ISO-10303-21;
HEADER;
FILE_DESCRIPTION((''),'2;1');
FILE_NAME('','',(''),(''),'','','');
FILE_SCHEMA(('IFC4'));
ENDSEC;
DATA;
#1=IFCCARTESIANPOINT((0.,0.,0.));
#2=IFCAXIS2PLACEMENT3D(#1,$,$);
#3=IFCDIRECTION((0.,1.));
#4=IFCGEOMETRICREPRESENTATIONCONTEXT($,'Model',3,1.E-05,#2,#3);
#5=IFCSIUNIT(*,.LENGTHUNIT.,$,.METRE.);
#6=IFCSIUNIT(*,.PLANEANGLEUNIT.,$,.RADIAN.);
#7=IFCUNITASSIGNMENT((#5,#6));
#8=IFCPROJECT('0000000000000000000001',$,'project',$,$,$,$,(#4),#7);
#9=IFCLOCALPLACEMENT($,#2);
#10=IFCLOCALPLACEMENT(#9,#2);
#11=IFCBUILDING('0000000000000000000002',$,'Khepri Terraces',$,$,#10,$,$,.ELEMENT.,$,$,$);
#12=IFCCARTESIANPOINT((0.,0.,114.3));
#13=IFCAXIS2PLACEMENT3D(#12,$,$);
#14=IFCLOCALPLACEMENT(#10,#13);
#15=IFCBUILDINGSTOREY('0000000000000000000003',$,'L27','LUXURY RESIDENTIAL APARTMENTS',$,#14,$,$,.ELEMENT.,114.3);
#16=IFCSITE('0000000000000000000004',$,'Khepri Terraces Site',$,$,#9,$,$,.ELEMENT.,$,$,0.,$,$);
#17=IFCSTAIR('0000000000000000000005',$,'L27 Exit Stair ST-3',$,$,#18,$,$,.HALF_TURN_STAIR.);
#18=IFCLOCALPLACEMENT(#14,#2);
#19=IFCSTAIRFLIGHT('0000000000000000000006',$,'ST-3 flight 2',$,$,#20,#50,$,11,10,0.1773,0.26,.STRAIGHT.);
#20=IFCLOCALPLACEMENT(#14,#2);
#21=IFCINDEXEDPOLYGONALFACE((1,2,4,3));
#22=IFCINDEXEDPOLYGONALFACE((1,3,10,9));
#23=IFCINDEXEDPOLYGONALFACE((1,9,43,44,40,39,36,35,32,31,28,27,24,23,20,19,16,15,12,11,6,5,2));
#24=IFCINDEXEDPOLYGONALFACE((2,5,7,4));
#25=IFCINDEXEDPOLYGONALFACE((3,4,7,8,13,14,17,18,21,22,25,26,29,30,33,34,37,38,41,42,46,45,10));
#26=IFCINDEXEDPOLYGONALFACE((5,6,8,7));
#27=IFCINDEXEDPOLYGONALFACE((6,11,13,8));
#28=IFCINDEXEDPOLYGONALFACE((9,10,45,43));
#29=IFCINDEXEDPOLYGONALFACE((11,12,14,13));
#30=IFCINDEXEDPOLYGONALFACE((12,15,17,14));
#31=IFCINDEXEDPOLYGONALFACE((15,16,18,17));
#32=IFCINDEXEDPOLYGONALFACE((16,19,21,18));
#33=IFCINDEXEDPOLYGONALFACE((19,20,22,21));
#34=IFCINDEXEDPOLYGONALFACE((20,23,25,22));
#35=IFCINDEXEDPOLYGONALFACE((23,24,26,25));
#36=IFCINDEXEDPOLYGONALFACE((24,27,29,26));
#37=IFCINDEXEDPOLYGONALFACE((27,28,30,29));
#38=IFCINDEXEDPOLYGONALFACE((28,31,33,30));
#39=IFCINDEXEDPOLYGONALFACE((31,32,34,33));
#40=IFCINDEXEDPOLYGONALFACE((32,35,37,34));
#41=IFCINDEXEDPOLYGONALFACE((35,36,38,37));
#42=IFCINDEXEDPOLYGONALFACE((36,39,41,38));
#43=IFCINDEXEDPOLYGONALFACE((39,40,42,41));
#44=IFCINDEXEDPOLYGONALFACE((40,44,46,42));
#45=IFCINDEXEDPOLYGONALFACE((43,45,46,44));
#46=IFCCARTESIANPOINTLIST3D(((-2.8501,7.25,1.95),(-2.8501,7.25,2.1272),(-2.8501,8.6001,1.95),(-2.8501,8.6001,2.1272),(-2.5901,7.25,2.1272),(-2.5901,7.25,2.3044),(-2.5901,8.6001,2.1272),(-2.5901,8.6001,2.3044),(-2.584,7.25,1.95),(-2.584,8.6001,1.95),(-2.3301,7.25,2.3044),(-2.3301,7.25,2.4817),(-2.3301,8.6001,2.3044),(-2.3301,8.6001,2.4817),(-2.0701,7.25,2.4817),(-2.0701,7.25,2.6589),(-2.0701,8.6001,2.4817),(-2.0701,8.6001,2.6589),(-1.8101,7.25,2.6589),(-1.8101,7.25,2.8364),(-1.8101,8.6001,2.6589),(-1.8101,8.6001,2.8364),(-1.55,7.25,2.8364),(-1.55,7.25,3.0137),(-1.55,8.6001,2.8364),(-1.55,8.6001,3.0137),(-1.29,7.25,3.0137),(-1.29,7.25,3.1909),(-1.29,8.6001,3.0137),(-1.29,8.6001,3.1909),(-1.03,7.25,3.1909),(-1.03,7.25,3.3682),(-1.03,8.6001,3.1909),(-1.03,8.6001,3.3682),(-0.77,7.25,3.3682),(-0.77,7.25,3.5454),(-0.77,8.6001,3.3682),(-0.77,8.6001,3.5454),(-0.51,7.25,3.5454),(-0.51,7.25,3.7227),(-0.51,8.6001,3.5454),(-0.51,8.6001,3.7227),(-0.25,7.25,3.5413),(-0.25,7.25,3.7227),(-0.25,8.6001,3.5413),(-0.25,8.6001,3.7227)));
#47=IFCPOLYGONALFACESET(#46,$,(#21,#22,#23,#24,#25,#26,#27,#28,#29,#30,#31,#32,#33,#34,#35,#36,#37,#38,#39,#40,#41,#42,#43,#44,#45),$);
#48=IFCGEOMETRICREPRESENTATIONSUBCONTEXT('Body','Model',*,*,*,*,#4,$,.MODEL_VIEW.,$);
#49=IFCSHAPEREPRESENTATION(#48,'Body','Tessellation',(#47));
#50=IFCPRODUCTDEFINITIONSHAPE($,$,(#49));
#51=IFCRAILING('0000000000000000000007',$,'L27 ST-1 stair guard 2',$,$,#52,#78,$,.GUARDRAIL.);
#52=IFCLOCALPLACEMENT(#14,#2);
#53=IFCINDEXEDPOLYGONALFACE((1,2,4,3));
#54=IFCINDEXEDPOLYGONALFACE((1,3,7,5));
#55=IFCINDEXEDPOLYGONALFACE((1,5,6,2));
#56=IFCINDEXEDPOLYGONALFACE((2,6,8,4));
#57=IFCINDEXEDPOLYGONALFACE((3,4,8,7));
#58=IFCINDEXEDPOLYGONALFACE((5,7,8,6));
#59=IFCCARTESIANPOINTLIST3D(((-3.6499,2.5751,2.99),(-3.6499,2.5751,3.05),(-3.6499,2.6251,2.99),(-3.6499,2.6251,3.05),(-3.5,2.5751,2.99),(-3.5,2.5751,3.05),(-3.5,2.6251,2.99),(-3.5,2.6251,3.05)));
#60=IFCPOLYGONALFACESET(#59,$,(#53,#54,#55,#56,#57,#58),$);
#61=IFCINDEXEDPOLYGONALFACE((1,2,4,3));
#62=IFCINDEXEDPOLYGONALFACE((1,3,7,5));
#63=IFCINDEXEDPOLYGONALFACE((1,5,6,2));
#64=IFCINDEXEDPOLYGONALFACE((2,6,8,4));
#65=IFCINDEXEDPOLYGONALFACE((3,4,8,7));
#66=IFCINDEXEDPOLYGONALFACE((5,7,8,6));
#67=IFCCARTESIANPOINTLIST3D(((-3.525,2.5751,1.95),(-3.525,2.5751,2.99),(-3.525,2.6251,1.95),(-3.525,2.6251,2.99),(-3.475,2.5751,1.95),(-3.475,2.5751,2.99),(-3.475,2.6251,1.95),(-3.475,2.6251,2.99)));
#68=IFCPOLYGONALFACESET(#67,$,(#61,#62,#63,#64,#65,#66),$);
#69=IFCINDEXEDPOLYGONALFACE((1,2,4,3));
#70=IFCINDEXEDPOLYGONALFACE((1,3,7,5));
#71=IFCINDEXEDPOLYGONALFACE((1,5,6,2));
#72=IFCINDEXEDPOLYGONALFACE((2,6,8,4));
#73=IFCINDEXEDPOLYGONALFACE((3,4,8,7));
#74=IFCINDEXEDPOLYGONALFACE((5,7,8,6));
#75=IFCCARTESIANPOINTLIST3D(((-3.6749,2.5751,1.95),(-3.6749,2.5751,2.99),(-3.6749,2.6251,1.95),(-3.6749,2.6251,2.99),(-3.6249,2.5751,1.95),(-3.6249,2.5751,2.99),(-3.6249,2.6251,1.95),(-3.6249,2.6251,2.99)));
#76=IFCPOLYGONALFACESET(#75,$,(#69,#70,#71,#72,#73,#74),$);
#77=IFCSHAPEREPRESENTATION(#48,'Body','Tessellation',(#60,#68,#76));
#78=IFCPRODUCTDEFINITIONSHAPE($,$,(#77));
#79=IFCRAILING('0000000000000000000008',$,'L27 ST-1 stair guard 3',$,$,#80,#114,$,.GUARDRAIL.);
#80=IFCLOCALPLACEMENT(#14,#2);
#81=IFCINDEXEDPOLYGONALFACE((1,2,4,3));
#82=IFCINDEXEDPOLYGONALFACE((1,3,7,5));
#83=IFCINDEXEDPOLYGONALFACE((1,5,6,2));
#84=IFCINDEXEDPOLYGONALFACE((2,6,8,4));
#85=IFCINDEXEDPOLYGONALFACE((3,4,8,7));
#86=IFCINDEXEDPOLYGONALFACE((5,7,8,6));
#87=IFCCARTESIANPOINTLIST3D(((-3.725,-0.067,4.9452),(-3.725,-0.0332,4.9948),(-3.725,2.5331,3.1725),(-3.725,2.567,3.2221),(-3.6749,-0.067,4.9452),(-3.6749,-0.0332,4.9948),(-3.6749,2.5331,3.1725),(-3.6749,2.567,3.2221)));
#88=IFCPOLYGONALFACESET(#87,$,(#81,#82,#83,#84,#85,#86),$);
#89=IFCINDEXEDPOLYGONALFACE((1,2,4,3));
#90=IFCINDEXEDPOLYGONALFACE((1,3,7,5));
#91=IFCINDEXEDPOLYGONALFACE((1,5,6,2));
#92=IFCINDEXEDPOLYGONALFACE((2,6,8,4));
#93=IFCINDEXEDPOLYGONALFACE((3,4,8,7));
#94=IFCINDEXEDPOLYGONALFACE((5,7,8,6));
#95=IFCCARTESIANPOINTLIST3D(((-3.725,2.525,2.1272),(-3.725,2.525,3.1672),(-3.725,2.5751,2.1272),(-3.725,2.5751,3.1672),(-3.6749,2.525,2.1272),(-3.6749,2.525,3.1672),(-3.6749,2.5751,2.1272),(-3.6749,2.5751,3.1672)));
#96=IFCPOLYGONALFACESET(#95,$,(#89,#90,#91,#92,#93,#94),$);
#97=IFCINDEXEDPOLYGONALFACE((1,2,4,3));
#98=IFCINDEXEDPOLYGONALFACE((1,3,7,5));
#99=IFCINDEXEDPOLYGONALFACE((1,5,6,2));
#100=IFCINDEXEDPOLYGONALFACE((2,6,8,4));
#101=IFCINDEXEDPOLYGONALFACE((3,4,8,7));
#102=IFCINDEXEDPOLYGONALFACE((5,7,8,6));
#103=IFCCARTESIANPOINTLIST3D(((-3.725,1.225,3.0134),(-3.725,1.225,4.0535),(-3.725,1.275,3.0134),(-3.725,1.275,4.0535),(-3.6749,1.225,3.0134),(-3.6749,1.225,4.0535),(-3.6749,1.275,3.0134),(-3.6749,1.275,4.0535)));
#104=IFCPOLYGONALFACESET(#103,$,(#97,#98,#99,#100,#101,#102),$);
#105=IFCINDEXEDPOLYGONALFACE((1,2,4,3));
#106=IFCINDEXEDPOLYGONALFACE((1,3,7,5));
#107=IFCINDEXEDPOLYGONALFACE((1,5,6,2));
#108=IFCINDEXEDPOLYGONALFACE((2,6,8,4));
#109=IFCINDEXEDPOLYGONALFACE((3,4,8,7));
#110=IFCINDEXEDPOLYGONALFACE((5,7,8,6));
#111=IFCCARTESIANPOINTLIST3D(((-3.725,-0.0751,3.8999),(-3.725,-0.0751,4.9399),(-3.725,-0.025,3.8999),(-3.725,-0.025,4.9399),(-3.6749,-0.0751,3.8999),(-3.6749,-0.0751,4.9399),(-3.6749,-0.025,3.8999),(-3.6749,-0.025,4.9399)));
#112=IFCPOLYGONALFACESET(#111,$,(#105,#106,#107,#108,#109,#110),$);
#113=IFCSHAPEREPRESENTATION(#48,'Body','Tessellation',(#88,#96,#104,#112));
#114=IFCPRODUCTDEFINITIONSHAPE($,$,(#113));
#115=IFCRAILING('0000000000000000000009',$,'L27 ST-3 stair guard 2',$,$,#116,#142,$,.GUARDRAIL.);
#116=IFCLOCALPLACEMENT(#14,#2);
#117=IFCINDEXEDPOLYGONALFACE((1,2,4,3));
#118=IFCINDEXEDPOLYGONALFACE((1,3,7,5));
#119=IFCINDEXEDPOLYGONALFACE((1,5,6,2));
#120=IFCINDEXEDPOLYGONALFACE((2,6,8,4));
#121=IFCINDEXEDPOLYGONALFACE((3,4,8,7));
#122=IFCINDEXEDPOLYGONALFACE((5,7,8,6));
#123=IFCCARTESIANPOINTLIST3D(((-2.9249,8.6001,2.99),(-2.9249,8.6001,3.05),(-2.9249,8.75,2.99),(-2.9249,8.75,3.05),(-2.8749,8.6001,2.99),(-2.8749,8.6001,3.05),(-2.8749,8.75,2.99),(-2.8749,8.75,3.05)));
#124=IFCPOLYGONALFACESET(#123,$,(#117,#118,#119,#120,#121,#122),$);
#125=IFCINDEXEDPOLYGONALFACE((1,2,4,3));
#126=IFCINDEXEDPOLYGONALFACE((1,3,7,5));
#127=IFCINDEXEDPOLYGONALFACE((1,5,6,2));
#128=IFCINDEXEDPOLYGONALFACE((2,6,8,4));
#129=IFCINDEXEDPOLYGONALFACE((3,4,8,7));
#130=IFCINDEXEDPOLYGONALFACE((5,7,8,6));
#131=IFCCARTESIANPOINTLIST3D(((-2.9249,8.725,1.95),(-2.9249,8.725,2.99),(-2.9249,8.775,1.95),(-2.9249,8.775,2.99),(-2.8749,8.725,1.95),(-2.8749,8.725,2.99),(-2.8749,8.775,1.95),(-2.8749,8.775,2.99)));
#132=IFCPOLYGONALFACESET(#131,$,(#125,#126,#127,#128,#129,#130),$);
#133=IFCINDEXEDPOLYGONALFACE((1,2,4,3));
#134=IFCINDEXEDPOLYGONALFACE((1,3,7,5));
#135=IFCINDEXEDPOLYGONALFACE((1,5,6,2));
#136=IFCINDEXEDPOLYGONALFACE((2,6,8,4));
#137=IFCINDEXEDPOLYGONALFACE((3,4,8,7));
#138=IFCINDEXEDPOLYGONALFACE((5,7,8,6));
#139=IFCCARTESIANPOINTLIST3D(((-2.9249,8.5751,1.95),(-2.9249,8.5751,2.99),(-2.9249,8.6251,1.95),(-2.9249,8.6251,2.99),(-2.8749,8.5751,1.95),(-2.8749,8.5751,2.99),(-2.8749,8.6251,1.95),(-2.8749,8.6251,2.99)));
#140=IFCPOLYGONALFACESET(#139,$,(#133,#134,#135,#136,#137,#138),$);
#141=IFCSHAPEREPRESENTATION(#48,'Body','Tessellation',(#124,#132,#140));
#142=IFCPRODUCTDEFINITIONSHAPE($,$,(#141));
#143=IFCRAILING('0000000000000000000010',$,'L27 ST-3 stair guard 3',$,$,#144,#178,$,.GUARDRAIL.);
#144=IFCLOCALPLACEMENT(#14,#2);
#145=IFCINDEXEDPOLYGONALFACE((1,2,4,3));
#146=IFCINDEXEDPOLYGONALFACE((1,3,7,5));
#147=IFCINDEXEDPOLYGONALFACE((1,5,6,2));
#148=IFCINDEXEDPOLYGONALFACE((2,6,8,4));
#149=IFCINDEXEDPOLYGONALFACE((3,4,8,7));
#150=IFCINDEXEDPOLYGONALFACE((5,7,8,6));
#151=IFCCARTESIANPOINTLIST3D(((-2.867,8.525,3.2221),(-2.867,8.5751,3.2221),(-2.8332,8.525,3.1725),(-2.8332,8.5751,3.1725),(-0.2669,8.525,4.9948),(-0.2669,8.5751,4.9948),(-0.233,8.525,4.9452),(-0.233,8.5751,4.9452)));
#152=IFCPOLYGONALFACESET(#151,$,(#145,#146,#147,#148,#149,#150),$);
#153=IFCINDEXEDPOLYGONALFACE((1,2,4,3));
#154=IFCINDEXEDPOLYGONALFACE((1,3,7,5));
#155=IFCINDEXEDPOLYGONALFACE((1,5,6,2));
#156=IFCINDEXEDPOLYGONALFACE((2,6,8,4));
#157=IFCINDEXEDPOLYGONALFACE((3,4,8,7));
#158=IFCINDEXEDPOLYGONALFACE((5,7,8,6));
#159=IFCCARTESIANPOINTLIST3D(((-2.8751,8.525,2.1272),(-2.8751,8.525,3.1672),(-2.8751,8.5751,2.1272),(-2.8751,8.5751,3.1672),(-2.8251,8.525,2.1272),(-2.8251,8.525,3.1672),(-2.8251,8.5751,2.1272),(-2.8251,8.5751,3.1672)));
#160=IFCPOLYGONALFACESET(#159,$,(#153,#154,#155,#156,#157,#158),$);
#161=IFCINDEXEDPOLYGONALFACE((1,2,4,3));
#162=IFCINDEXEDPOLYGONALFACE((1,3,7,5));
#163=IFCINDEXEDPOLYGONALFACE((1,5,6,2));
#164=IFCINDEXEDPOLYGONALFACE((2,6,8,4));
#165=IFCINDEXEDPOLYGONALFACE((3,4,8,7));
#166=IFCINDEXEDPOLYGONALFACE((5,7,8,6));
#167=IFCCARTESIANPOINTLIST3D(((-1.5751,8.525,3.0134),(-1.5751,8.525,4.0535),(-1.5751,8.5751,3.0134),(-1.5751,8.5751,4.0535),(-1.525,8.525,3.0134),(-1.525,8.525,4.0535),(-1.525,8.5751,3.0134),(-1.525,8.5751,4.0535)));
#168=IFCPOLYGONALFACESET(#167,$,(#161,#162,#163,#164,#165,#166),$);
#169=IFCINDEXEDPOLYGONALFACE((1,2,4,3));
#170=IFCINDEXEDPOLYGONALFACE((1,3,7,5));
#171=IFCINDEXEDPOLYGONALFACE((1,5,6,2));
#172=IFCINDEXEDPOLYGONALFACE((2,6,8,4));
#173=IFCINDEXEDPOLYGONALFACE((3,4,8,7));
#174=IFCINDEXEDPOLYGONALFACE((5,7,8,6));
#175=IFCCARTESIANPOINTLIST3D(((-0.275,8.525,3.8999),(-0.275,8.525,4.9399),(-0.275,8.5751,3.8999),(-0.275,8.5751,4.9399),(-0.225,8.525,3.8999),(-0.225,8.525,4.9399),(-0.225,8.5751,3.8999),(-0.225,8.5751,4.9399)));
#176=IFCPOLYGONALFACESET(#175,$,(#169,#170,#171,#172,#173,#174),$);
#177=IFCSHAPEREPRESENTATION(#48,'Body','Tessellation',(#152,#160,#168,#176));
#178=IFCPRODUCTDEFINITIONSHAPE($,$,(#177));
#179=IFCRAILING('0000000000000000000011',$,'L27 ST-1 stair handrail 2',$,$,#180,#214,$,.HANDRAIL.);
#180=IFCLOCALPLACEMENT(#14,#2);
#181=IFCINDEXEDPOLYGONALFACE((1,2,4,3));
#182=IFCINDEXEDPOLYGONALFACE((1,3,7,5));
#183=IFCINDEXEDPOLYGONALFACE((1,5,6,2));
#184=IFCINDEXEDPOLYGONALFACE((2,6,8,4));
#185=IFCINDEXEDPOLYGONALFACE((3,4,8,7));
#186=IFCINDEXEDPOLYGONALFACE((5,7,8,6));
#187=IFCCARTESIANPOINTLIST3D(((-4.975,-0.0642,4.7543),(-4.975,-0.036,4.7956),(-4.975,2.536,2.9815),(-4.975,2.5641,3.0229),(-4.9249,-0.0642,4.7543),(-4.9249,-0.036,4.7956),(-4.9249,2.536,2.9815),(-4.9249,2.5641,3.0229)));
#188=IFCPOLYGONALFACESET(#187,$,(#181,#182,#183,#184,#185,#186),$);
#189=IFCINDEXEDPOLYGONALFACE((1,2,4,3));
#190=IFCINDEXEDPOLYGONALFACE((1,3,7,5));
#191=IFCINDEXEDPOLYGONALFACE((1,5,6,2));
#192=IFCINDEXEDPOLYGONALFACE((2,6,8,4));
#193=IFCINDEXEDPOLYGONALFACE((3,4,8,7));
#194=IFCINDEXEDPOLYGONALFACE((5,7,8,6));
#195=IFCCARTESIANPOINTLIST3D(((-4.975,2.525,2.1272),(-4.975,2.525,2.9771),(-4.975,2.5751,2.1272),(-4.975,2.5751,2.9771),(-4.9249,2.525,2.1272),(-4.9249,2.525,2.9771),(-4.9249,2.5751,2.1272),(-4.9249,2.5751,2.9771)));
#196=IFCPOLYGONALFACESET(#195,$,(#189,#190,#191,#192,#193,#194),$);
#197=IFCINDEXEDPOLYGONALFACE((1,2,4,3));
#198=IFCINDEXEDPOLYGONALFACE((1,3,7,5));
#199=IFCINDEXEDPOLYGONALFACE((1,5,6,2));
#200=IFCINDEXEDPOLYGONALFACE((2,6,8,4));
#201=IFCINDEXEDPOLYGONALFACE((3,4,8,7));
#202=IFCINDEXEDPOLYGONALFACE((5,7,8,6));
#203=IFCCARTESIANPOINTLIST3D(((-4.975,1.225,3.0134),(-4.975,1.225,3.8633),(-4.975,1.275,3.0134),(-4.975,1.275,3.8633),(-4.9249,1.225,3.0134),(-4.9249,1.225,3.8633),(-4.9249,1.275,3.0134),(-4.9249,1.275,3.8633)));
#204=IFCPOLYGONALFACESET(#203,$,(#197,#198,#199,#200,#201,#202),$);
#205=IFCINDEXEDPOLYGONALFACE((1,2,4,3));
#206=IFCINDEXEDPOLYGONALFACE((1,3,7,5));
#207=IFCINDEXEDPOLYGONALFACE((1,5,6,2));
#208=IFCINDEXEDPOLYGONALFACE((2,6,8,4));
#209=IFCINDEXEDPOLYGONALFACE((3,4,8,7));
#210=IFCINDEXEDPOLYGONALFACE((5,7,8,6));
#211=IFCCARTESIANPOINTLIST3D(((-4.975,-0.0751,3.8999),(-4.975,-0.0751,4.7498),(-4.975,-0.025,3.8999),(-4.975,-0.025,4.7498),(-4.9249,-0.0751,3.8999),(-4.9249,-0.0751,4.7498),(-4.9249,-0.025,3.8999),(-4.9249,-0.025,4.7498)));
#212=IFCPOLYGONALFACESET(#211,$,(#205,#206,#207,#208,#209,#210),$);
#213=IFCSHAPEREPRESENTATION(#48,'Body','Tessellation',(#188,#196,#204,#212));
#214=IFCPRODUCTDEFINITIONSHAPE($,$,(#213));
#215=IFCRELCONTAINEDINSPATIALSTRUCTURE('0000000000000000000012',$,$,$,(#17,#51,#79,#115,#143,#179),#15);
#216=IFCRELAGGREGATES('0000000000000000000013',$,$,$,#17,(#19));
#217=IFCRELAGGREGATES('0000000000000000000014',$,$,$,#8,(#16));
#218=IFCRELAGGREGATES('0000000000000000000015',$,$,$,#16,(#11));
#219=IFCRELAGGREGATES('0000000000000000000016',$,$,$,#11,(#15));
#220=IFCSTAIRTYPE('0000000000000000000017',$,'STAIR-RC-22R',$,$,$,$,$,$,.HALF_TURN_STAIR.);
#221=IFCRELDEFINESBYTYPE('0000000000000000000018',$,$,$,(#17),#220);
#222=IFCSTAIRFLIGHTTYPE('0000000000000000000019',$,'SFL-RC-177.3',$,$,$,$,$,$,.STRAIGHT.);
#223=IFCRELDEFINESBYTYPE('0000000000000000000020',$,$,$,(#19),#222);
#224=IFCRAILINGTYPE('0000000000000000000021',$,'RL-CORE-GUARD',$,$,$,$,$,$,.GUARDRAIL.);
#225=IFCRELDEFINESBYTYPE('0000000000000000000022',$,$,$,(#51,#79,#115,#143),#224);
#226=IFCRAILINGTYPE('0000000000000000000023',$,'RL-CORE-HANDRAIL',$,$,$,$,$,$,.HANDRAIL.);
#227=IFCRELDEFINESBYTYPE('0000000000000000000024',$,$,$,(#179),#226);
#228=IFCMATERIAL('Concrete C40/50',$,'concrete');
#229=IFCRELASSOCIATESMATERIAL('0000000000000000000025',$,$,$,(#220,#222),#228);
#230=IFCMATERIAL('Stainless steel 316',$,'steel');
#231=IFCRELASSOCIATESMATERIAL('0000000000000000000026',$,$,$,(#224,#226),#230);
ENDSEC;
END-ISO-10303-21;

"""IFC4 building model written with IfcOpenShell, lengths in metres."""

from ifc_helpers import new_model, si_unit, direction, frame, origin, origin_2d, place, context, subcontext, project, spatial, polyline, rectangle, outline, extrude, material, type_object, element, aggregate, save


model = new_model("IFC4")

# Units and contexts
model_context = context("Model", 3, precision=1e-05, world=origin(), true_north=direction((0.0, 1.0)))
body_context = subcontext(model_context, "Body", "Model", "MODEL_VIEW")
ifc_project = project(units=[si_unit("LENGTHUNIT", "METRE"), si_unit("PLANEANGLEUNIT", "RADIAN")], contexts=[model_context])

# Site, building, storey
site_placement = place(None, origin())
site = spatial("IfcSite", under=ifc_project, at=site_placement, Name="Khepri Terraces Site", CompositionType="ELEMENT", RefElevation=0.0)
building_placement = place(site_placement, origin())
building = spatial("IfcBuilding", under=site, at=building_placement, Name="Khepri Terraces", CompositionType="ELEMENT")
storey_placement = place(building_placement, frame((0.0, 0.0, 114.3)))
storey = spatial("IfcBuildingStorey", under=building, at=storey_placement, Name="L27", Description="LUXURY RESIDENTIAL APARTMENTS", CompositionType="ELEMENT", Elevation=114.3)

# Stair, stair flight
ifc_material_1 = material(Name="Concrete C40/50", Category="concrete")
stair_type = type_object("IfcStairType", Name="STAIR-RC-22R", PredefinedType="HALF_TURN_STAIR", material=ifc_material_1)
stair_flight_type = type_object("IfcStairFlightType", Name="SFL-RC-177.3", PredefinedType="STRAIGHT", material=ifc_material_1)
stair_1_placement = place(storey_placement, origin())
stair_1 = element("IfcStair", 1, at=stair_1_placement, inside=storey, type_object=stair_type, Name="L27 Exit Stair ST-3", PredefinedType="HALF_TURN_STAIR")
stair_flight_1_placement = place(storey_placement, frame((-2.8501, 7.925, 1.95), z_axis=(0.0, 0.0, 1.0), x_axis=(1.0, 0.0, 0.0)))
stair_flight_1 = element("IfcStairFlight", 2, at=stair_flight_1_placement, type_object=stair_flight_type, Name="ST-3 flight 2", NumberOfRisers=11, NumberOfTreads=10, PredefinedType="STRAIGHT", RiserHeight=0.1773, TreadLength=0.26, context=body_context, shape_type="SweptSolid", body=[
    extrude(outline(polyline([(0.0, 0.0), (0.0, 0.1772), (0.26, 0.1772), (0.26, 0.3545), (0.52, 0.3545), (0.52, 0.5317), (0.78, 0.5317), (0.78, 0.709), (1.04, 0.709), (1.04, 0.8865), (1.3, 0.8865), (1.3, 1.0637), (1.5601, 1.0637), (1.5601, 1.241), (1.8201, 1.241), (1.8201, 1.4182), (2.0801, 1.4182), (2.0801, 1.5955), (2.3401, 1.5955), (2.3401, 1.7727), (2.6001, 1.7727), (2.6001, 1.95), (2.6001, 1.5913), (0.2661, 0.0), (0.0, 0.0)])), frame((0.0, 0.675, 0.0), z_axis=(0.0, -1.0, 0.0), x_axis=(1.0, 0.0, 0.0)), (0.0, 0.0, 1.0), 1.3501),
])
aggregate(stair_1, [stair_flight_1])

# Railings
ifc_material_2 = material(Name="Stainless steel 316", Category="steel")
railing_type_1 = type_object("IfcRailingType", Name="RL-CORE-GUARD", PredefinedType="GUARDRAIL", material=ifc_material_2)
railing_1_placement = place(storey_placement, frame((-3.5, 2.6001, 1.95)))
element("IfcRailing", 3, at=railing_1_placement, inside=storey, type_object=railing_type_1, Name="L27 ST-1 stair guard 2", PredefinedType="GUARDRAIL", context=body_context, shape_type="SweptSolid", body=[
    extrude(rectangle(XDim=0.05, YDim=0.0601, at=origin_2d()), frame((0.0, 0.0, 1.0701), z_axis=(-1.0, 0.0, 0.0), x_axis=(0.0, -1.0, 0.0)), (0.0, 0.0, 1.0), 0.1499),
    extrude(rectangle(XDim=0.05, YDim=0.05, at=origin_2d()), origin(), (0.0, 0.0, 1.0), 1.04),
    extrude(rectangle(XDim=0.05, YDim=0.05, at=origin_2d()), frame((-0.1499, 0.0, 0.0)), (0.0, 0.0, 1.0), 1.04),
])
railing_2_placement = place(storey_placement, frame((-3.7, 2.55, 2.1272)))
element("IfcRailing", 4, at=railing_2_placement, inside=storey, type_object=railing_type_1, Name="L27 ST-1 stair guard 3", PredefinedType="GUARDRAIL", context=body_context, shape_type="SweptSolid", body=[
    extrude(rectangle(XDim=0.05, YDim=0.0601, at=origin_2d()), frame((0.0, 0.0, 1.0701), z_axis=(0.0, -0.82624, 0.563318), x_axis=(1.0, 0.0, 0.0)), (0.0, 0.0, 1.0), 3.147),
    extrude(rectangle(XDim=0.05, YDim=0.05, at=origin_2d()), origin(), (0.0, 0.0, 1.0), 1.04),
    extrude(rectangle(XDim=0.05, YDim=0.05, at=origin_2d()), frame((0.0, -1.3, 0.8862)), (0.0, 0.0, 1.0), 1.04),
    extrude(rectangle(XDim=0.05, YDim=0.05, at=origin_2d()), frame((0.0, -2.6001, 1.7727)), (0.0, 0.0, 1.0), 1.04),
])
railing_3_placement = place(storey_placement, frame((-2.8999, 8.75, 1.95)))
element("IfcRailing", 5, at=railing_3_placement, inside=storey, type_object=railing_type_1, Name="L27 ST-3 stair guard 2", PredefinedType="GUARDRAIL", context=body_context, shape_type="SweptSolid", body=[
    extrude(rectangle(XDim=0.05, YDim=0.0601, at=origin_2d()), frame((0.0, 0.0, 1.0701), z_axis=(0.0, -1.0, 0.0), x_axis=(1.0, 0.0, 0.0)), (0.0, 0.0, 1.0), 0.1499),
    extrude(rectangle(XDim=0.05, YDim=0.05, at=origin_2d()), origin(), (0.0, 0.0, 1.0), 1.04),
    extrude(rectangle(XDim=0.05, YDim=0.05, at=origin_2d()), frame((0.0, -0.1499, 0.0)), (0.0, 0.0, 1.0), 1.04),
])
railing_4_placement = place(storey_placement, frame((-2.8501, 8.55, 2.1272)))
element("IfcRailing", 6, at=railing_4_placement, inside=storey, type_object=railing_type_1, Name="L27 ST-3 stair guard 3", PredefinedType="GUARDRAIL", context=body_context, shape_type="SweptSolid", body=[
    extrude(rectangle(XDim=0.05, YDim=0.0601, at=origin_2d()), frame((0.0, 0.0, 1.0701), z_axis=(0.82624, 0.0, 0.563318), x_axis=(0.0, 1.0, 0.0)), (0.0, 0.0, 1.0), 3.147),
    extrude(rectangle(XDim=0.05, YDim=0.05, at=origin_2d()), origin(), (0.0, 0.0, 1.0), 1.04),
    extrude(rectangle(XDim=0.05, YDim=0.05, at=origin_2d()), frame((1.3, 0.0, 0.8862)), (0.0, 0.0, 1.0), 1.04),
    extrude(rectangle(XDim=0.05, YDim=0.05, at=origin_2d()), frame((2.6001, 0.0, 1.7727)), (0.0, 0.0, 1.0), 1.04),
])
railing_type_2 = type_object("IfcRailingType", Name="RL-CORE-HANDRAIL", PredefinedType="HANDRAIL", material=ifc_material_2)
railing_5_placement = place(storey_placement, frame((-4.95, 2.55, 2.1272)))
element("IfcRailing", 7, at=railing_5_placement, inside=storey, type_object=railing_type_2, Name="L27 ST-1 stair handrail 2", PredefinedType="HANDRAIL", context=body_context, shape_type="SweptSolid", body=[
    extrude(rectangle(XDim=0.05, YDim=0.05, at=origin_2d()), frame((0.0, 0.0, 0.875), z_axis=(0.0, -0.82624, 0.563318), x_axis=(1.0, 0.0, 0.0)), (0.0, 0.0, 1.0), 3.147),
    extrude(rectangle(XDim=0.05, YDim=0.05, at=origin_2d()), origin(), (0.0, 0.0, 1.0), 0.8499),
    extrude(rectangle(XDim=0.05, YDim=0.05, at=origin_2d()), frame((0.0, -1.3, 0.8862)), (0.0, 0.0, 1.0), 0.8499),
    extrude(rectangle(XDim=0.05, YDim=0.05, at=origin_2d()), frame((0.0, -2.6001, 1.7727)), (0.0, 0.0, 1.0), 0.8499),
])

save(model, "model.ifc")
